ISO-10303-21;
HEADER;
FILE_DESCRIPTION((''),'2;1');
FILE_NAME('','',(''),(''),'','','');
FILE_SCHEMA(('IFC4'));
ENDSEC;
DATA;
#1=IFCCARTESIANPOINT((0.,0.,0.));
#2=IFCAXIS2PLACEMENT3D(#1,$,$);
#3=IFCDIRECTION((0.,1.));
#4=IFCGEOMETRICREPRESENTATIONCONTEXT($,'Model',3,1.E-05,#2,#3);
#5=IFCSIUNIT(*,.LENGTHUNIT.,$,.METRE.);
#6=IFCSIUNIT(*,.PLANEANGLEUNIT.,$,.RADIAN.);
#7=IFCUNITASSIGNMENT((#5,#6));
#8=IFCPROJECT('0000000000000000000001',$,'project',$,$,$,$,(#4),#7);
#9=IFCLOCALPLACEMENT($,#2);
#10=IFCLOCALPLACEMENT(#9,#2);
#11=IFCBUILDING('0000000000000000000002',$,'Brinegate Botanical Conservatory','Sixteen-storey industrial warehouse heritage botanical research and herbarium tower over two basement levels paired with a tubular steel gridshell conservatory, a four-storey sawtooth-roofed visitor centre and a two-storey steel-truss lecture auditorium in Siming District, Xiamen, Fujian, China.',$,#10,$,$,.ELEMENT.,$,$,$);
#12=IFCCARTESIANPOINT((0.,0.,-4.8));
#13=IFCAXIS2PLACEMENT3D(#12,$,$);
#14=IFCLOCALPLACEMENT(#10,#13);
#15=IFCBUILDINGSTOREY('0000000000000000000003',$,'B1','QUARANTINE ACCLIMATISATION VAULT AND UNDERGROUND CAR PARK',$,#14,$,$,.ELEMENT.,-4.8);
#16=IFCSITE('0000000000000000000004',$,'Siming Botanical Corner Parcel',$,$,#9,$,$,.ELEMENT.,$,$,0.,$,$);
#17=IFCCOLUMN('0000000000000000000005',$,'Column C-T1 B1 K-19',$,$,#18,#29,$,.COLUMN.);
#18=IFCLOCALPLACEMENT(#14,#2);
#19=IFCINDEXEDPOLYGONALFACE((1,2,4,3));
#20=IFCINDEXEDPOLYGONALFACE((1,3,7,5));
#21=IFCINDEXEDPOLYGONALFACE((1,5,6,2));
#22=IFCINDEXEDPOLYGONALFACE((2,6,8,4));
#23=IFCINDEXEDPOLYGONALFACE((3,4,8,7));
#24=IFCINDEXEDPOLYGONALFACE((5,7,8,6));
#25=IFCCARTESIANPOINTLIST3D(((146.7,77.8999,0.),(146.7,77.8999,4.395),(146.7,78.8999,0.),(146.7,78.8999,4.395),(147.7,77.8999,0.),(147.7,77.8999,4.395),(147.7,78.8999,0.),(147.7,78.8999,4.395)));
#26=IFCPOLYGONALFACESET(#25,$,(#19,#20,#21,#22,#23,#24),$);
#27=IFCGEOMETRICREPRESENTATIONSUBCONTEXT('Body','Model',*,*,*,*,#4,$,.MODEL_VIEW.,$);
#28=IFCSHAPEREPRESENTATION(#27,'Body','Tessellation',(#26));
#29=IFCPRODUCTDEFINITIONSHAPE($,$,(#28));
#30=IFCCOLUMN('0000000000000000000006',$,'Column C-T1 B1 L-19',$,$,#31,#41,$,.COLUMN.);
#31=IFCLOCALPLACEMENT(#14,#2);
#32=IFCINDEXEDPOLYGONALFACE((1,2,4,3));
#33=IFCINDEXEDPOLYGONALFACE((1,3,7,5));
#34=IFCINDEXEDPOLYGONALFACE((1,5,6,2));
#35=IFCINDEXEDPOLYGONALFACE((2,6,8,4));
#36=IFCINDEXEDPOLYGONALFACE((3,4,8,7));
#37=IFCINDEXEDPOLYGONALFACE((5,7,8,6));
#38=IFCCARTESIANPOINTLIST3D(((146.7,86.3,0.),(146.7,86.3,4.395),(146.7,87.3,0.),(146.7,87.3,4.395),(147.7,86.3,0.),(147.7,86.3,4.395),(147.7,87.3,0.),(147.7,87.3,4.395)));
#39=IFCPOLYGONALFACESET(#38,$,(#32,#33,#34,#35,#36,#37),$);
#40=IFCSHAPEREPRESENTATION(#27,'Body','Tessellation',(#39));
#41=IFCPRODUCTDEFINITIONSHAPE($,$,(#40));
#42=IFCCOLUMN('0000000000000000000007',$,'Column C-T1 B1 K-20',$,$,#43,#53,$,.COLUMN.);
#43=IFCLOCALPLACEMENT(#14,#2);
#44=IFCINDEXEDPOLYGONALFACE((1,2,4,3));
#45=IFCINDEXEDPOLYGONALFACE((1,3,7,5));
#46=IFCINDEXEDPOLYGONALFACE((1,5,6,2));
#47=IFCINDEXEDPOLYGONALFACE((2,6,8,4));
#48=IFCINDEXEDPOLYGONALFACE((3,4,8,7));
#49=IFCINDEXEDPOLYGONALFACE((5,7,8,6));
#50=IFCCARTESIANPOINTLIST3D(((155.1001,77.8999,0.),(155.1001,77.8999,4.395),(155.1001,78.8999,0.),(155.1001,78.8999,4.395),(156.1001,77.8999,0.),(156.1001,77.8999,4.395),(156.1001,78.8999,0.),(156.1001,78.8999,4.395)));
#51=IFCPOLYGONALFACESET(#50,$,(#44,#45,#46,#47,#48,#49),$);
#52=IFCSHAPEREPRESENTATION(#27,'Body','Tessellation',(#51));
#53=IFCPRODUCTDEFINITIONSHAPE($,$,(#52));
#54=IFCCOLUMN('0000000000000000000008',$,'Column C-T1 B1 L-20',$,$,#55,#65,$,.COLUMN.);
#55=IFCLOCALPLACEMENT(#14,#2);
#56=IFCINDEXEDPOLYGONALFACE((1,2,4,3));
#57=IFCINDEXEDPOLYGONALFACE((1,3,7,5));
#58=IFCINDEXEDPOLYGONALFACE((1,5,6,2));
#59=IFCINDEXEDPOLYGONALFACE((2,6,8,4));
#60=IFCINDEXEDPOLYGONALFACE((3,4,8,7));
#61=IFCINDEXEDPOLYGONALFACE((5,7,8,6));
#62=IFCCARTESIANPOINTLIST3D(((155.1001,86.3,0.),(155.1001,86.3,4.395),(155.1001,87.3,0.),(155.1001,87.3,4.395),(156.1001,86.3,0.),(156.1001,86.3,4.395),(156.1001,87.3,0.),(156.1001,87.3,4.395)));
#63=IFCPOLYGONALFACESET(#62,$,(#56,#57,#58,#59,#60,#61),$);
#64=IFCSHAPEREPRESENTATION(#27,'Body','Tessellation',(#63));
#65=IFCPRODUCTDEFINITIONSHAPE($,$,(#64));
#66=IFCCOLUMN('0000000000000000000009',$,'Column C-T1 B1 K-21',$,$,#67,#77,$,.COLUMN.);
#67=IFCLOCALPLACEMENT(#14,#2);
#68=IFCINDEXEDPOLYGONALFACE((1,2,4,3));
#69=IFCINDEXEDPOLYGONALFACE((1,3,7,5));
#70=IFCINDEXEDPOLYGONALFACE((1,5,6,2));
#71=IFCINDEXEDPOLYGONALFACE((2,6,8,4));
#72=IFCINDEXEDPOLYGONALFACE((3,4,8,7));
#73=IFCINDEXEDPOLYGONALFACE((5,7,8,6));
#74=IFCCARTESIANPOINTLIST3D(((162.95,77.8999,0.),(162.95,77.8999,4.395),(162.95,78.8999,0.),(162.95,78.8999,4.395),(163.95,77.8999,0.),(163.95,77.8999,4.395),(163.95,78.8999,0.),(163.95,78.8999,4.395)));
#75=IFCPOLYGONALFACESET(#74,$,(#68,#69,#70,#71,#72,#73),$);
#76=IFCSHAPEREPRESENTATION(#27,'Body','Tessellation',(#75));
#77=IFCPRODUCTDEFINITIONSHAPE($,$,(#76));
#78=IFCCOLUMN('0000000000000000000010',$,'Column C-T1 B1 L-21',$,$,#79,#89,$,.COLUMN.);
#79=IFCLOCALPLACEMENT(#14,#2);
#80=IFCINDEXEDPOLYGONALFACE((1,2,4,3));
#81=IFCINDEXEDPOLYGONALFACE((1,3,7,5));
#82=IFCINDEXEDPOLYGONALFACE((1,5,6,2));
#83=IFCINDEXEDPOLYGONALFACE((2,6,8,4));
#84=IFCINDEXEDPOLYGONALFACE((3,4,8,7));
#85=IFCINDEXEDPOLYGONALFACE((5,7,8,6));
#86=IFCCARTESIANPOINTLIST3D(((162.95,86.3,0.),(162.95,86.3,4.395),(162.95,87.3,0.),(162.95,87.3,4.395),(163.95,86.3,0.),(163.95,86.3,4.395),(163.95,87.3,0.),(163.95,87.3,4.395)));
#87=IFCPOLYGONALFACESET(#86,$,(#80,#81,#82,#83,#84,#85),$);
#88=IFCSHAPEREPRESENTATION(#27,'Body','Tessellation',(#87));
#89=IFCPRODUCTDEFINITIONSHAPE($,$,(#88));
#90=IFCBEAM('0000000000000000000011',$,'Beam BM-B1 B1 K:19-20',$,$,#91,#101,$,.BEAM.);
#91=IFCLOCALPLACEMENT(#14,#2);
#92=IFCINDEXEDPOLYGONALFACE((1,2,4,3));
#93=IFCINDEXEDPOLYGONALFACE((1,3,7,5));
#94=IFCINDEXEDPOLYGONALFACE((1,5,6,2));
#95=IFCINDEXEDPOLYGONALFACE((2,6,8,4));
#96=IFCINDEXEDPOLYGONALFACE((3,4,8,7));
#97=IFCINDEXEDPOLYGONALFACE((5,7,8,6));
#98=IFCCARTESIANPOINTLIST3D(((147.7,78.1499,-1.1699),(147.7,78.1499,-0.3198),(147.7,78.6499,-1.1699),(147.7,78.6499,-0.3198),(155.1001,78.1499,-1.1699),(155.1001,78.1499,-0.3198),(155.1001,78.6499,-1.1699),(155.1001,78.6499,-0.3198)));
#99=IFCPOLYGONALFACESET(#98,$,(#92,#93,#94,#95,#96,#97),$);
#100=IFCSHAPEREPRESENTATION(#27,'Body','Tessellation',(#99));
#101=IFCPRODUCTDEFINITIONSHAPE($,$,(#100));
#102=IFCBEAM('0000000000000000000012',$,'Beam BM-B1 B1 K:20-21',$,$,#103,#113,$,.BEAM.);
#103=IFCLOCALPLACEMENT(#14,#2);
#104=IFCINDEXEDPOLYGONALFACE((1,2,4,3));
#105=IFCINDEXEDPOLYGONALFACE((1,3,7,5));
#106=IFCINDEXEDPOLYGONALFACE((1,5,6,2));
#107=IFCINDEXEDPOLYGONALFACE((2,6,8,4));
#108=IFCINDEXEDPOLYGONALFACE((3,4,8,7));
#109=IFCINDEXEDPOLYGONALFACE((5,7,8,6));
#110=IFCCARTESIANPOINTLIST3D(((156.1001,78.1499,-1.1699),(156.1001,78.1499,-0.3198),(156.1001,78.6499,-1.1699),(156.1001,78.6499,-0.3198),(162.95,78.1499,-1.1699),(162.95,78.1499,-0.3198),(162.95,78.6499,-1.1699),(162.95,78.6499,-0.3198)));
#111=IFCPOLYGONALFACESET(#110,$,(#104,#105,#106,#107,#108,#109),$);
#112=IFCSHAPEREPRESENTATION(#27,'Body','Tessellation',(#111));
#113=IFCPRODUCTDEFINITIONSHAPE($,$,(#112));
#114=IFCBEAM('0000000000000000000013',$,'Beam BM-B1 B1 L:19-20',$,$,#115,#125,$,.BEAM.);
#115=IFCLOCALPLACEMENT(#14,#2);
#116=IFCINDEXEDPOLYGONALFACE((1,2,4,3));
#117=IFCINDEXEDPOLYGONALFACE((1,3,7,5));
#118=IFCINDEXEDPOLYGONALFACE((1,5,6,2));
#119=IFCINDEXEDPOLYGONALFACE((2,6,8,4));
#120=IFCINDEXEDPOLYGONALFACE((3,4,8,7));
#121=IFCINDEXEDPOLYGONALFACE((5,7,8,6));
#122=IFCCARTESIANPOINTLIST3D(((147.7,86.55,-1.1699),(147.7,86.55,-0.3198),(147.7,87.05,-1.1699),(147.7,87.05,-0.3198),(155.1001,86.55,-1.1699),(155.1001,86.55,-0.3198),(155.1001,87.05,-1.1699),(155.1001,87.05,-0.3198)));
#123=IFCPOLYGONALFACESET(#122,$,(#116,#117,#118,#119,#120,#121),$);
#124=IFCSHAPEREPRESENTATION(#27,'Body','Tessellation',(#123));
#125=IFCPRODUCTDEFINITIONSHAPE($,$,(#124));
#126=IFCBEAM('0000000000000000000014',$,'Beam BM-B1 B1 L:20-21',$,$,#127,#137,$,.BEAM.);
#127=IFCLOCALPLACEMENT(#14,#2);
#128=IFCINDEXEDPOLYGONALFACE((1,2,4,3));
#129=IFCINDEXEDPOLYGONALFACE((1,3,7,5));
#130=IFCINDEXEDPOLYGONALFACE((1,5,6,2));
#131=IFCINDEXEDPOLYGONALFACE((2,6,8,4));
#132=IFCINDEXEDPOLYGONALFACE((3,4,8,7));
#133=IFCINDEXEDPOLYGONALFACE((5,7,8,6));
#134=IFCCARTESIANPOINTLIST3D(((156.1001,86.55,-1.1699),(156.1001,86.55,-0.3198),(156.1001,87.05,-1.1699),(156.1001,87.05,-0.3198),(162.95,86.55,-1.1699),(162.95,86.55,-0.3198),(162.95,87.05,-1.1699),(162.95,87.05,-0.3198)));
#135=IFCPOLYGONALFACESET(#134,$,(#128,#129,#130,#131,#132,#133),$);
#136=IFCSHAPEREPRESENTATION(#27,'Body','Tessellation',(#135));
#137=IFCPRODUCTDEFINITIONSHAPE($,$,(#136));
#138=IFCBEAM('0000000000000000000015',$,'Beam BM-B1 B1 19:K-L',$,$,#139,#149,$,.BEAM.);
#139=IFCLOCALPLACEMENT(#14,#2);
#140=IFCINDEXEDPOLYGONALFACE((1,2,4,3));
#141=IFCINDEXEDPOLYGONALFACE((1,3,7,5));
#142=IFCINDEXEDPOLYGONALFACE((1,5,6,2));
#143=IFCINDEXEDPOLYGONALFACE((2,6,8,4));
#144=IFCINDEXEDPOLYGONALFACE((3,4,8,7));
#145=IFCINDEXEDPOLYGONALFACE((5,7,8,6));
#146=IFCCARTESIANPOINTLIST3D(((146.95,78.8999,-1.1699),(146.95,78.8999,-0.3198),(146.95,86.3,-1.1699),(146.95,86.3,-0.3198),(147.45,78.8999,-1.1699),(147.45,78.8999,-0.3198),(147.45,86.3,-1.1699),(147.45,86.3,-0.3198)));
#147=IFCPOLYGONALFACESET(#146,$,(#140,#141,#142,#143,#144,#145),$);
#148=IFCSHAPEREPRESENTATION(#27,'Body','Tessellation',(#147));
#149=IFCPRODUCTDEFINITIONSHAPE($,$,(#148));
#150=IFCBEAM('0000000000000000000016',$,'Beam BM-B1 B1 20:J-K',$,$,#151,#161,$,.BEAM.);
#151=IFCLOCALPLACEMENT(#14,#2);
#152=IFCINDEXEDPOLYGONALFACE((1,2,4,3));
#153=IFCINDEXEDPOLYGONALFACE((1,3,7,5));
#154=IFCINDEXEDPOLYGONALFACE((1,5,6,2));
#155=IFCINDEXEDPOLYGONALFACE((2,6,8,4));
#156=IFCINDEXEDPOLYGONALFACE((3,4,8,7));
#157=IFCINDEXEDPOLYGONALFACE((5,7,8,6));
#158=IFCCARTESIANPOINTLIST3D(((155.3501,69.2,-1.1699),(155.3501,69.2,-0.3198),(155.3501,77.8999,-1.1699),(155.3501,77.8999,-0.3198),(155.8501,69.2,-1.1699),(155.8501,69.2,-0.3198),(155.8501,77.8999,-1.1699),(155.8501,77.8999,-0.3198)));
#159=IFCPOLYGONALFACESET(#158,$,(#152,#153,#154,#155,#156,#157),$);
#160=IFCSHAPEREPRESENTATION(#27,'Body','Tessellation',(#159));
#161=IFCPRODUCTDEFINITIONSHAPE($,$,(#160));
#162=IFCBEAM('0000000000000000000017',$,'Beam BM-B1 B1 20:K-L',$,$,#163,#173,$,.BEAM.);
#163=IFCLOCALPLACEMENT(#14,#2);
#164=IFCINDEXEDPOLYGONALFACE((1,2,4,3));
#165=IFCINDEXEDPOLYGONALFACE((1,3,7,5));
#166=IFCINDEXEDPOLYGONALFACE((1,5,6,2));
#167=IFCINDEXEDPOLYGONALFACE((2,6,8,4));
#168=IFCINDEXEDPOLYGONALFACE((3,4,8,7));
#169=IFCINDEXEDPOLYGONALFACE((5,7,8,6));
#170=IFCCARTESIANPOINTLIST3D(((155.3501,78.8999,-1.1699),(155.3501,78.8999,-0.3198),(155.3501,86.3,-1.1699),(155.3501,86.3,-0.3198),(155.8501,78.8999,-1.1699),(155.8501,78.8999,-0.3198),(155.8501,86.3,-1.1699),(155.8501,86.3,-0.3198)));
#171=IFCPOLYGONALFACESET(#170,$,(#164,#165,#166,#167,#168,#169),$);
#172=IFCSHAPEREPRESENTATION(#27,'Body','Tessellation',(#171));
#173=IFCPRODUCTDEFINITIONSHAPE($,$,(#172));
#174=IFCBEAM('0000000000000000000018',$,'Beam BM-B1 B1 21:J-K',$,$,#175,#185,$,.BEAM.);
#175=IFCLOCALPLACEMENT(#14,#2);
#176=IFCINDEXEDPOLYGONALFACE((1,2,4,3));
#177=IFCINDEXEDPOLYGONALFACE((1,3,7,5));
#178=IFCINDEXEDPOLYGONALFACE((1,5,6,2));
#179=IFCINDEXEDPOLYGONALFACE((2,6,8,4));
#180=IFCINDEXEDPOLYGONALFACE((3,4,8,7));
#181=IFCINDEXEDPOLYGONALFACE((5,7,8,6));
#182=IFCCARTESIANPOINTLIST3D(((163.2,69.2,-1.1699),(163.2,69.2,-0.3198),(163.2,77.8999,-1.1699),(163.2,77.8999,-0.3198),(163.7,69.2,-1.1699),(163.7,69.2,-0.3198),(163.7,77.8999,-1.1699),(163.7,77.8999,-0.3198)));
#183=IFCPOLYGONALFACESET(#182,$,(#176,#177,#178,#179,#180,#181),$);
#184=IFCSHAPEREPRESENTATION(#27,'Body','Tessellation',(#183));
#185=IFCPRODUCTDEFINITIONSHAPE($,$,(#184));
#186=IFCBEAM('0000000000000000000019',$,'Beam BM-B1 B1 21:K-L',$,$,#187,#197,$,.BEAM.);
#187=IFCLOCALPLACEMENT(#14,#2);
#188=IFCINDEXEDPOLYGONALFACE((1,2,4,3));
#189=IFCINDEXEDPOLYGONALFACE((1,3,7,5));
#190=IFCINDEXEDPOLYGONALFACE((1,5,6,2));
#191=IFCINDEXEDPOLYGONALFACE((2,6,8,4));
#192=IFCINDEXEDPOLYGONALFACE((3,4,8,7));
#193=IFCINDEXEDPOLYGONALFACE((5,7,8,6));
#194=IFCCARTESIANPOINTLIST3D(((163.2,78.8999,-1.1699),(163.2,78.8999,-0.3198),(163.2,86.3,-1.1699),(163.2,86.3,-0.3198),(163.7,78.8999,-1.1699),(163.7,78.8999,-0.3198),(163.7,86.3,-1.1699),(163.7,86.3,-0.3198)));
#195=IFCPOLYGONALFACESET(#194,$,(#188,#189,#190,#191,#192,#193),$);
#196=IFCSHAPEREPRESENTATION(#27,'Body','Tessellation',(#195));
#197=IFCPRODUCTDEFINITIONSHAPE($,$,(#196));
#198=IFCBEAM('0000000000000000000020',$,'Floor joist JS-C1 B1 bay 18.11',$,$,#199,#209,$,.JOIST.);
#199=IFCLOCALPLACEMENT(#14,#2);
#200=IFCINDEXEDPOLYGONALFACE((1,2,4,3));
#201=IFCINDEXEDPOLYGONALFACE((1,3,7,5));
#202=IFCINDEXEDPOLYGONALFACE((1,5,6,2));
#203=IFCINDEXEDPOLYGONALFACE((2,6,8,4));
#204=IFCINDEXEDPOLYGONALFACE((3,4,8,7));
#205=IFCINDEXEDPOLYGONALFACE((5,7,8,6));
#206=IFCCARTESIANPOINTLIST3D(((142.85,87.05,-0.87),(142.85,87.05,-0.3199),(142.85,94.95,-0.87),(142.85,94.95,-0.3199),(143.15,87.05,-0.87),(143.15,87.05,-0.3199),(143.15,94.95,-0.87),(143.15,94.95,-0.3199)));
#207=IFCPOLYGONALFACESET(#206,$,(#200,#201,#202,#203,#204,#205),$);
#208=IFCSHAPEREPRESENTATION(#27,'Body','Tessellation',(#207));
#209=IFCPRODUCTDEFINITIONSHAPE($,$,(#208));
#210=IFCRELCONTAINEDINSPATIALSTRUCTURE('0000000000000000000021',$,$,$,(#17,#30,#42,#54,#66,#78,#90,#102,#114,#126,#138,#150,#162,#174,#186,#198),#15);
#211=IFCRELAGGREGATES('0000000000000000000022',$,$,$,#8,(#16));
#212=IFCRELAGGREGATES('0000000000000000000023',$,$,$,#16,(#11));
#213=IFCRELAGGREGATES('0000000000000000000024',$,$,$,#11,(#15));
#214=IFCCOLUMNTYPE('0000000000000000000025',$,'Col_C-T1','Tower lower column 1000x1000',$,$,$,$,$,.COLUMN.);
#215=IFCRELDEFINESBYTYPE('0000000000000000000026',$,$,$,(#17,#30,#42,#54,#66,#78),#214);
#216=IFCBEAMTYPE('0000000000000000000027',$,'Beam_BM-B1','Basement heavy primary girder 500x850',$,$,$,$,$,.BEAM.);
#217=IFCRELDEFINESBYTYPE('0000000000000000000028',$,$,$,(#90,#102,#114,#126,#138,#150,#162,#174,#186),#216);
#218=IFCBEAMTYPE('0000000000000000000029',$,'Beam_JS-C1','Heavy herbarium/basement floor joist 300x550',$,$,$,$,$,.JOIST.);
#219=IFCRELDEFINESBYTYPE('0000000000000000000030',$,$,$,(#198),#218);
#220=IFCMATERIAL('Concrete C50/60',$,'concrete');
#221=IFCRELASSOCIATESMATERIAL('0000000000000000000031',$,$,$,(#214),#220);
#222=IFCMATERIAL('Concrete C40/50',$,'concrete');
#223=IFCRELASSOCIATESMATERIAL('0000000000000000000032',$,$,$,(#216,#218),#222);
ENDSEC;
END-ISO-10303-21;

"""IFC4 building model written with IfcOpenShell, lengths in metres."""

from ifc_helpers import new_model, si_unit, direction, frame, origin, origin_2d, place, context, subcontext, project, spatial, rectangle, extrude, material, material_profile, profile_set, type_object, element, save


model = new_model("IFC4")

# Units and contexts
model_context = context("Model", 3, precision=1e-05, world=origin(), true_north=direction((0.0, 1.0)))
body_context = subcontext(model_context, "Body", "Model", "MODEL_VIEW")
ifc_project = project(units=[si_unit("LENGTHUNIT", "METRE"), si_unit("PLANEANGLEUNIT", "RADIAN")], contexts=[model_context])

# Site, building, storey
site_placement = place(None, origin())
site = spatial("IfcSite", under=ifc_project, at=site_placement, Name="Siming Botanical Corner Parcel", CompositionType="ELEMENT", RefElevation=0.0)
building_placement = place(site_placement, origin())
building = spatial("IfcBuilding", under=site, at=building_placement, Name="Brinegate Botanical Conservatory", Description="Sixteen-storey industrial warehouse heritage botanical research and herbarium tower over two basement levels paired with a tubular steel gridshell conservatory, a four-storey sawtooth-roofed visitor centre and a two-storey steel-truss lecture auditorium in Siming District, Xiamen, Fujian, China.", CompositionType="ELEMENT")
storey_placement = place(building_placement, frame((0.0, 0.0, -4.8)))
storey = spatial("IfcBuildingStorey", under=building, at=storey_placement, Name="B1", Description="QUARANTINE ACCLIMATISATION VAULT AND UNDERGROUND CAR PARK", CompositionType="ELEMENT", Elevation=-4.8)

# Columns
ifc_material_1 = material(Name="Concrete C50/60", Category="concrete")
ifc_material_profile_1 = material_profile(ifc_material_1, rectangle(XDim=1.0, YDim=1.0, at=origin_2d()), Name="RC COL 1000x1000")
ifc_profile_set_1 = profile_set([ifc_material_profile_1], Name="Concrete C50/60")
column_type = type_object("IfcColumnType", Name="Col_C-T1", Description="Tower lower column 1000x1000", PredefinedType="COLUMN", material=ifc_profile_set_1)
for number, where, z_axis, x_axis, name in (
    (1, (147.2, 78.3999, 0.0), (0.0, 0.0, 1.0), (1.0, 0.0, 0.0), "Column C-T1 B1 K-19"),
    (2, (147.2, 86.8, 0.0), (0.0, 0.0, 1.0), (1.0, 0.0, 0.0), "Column C-T1 B1 L-19"),
    (3, (155.6001, 78.3999, 0.0), (0.0, 0.0, 1.0), (1.0, 0.0, 0.0), "Column C-T1 B1 K-20"),
    (4, (155.6001, 86.8, 0.0), (0.0, 0.0, 1.0), (1.0, 0.0, 0.0), "Column C-T1 B1 L-20"),
    (5, (163.45, 78.3999, 0.0), (0.0, 0.0, 1.0), (1.0, 0.0, 0.0), "Column C-T1 B1 K-21"),
    (6, (163.45, 86.8, 0.0), (0.0, 0.0, 1.0), (1.0, 0.0, 0.0), "Column C-T1 B1 L-21"),
):
    element("IfcColumn", number, at=place(storey_placement, frame(where, z_axis=z_axis, x_axis=x_axis)), inside=storey, type_object=column_type, Name=name, PredefinedType="COLUMN", context=body_context, shape_type="SweptSolid", body=[
        extrude(rectangle(XDim=1.0, YDim=1.0, at=origin_2d()), origin(), (0.0, 0.0, 1.0), 4.395),
    ])

# Beams
ifc_material_2 = material(Name="Concrete C40/50", Category="concrete")
ifc_material_profile_2 = material_profile(ifc_material_2, rectangle(XDim=0.5, YDim=0.8501, at=origin_2d()), Name="RC BM 500x850")
ifc_profile_set_2 = profile_set([ifc_material_profile_2], Name="Concrete C40/50")
beam_type_1 = type_object("IfcBeamType", Name="Beam_BM-B1", Description="Basement heavy primary girder 500x850", PredefinedType="BEAM", material=ifc_profile_set_2)
beam_1_placement = place(storey_placement, frame((147.7, 78.3999, -0.7449), z_axis=(1.0, 0.0, 0.0), x_axis=(0.0, 1.0, 0.0)))
element("IfcBeam", 7, at=beam_1_placement, inside=storey, type_object=beam_type_1, Name="Beam BM-B1 B1 K:19-20", PredefinedType="BEAM", context=body_context, shape_type="SweptSolid", body=[
    extrude(rectangle(XDim=0.5, YDim=0.8501, at=origin_2d()), origin(), (0.0, 0.0, 1.0), 7.4001),
])
beam_2_placement = place(storey_placement, frame((156.1001, 78.3999, -0.7449), z_axis=(1.0, 0.0, 0.0), x_axis=(0.0, 1.0, 0.0)))
element("IfcBeam", 8, at=beam_2_placement, inside=storey, type_object=beam_type_1, Name="Beam BM-B1 B1 K:20-21", PredefinedType="BEAM", context=body_context, shape_type="SweptSolid", body=[
    extrude(rectangle(XDim=0.5, YDim=0.8501, at=origin_2d()), origin(), (0.0, 0.0, 1.0), 6.8499),
])
beam_3_placement = place(storey_placement, frame((147.7, 86.8, -0.7449), z_axis=(1.0, 0.0, 0.0), x_axis=(0.0, 1.0, 0.0)))
element("IfcBeam", 9, at=beam_3_placement, inside=storey, type_object=beam_type_1, Name="Beam BM-B1 B1 L:19-20", PredefinedType="BEAM", context=body_context, shape_type="SweptSolid", body=[
    extrude(rectangle(XDim=0.5, YDim=0.8501, at=origin_2d()), origin(), (0.0, 0.0, 1.0), 7.4001),
])
beam_4_placement = place(storey_placement, frame((156.1001, 86.8, -0.7449), z_axis=(1.0, 0.0, 0.0), x_axis=(0.0, 1.0, 0.0)))
element("IfcBeam", 10, at=beam_4_placement, inside=storey, type_object=beam_type_1, Name="Beam BM-B1 B1 L:20-21", PredefinedType="BEAM", context=body_context, shape_type="SweptSolid", body=[
    extrude(rectangle(XDim=0.5, YDim=0.8501, at=origin_2d()), origin(), (0.0, 0.0, 1.0), 6.8499),
])
beam_5_placement = place(storey_placement, frame((147.2, 78.8999, -0.7449), z_axis=(0.0, 1.0, 0.0), x_axis=(-1.0, 0.0, 0.0)))
element("IfcBeam", 11, at=beam_5_placement, inside=storey, type_object=beam_type_1, Name="Beam BM-B1 B1 19:K-L", PredefinedType="BEAM", context=body_context, shape_type="SweptSolid", body=[
    extrude(rectangle(XDim=0.5, YDim=0.8501, at=origin_2d()), origin(), (0.0, 0.0, 1.0), 7.4001),
])
beam_6_placement = place(storey_placement, frame((155.6001, 69.2, -0.7449), z_axis=(0.0, 1.0, 0.0), x_axis=(-1.0, 0.0, 0.0)))
element("IfcBeam", 12, at=beam_6_placement, inside=storey, type_object=beam_type_1, Name="Beam BM-B1 B1 20:J-K", PredefinedType="BEAM", context=body_context, shape_type="SweptSolid", body=[
    extrude(rectangle(XDim=0.5, YDim=0.8501, at=origin_2d()), origin(), (0.0, 0.0, 1.0), 8.7),
])
beam_7_placement = place(storey_placement, frame((155.6001, 78.8999, -0.7449), z_axis=(0.0, 1.0, 0.0), x_axis=(-1.0, 0.0, 0.0)))
element("IfcBeam", 13, at=beam_7_placement, inside=storey, type_object=beam_type_1, Name="Beam BM-B1 B1 20:K-L", PredefinedType="BEAM", context=body_context, shape_type="SweptSolid", body=[
    extrude(rectangle(XDim=0.5, YDim=0.8501, at=origin_2d()), origin(), (0.0, 0.0, 1.0), 7.4001),
])
beam_8_placement = place(storey_placement, frame((163.45, 69.2, -0.7449), z_axis=(0.0, 1.0, 0.0), x_axis=(-1.0, 0.0, 0.0)))
element("IfcBeam", 14, at=beam_8_placement, inside=storey, type_object=beam_type_1, Name="Beam BM-B1 B1 21:J-K", PredefinedType="BEAM", context=body_context, shape_type="SweptSolid", body=[
    extrude(rectangle(XDim=0.5, YDim=0.8501, at=origin_2d()), origin(), (0.0, 0.0, 1.0), 8.7),
])
beam_9_placement = place(storey_placement, frame((163.45, 78.8999, -0.7449), z_axis=(0.0, 1.0, 0.0), x_axis=(-1.0, 0.0, 0.0)))
element("IfcBeam", 15, at=beam_9_placement, inside=storey, type_object=beam_type_1, Name="Beam BM-B1 B1 21:K-L", PredefinedType="BEAM", context=body_context, shape_type="SweptSolid", body=[
    extrude(rectangle(XDim=0.5, YDim=0.8501, at=origin_2d()), origin(), (0.0, 0.0, 1.0), 7.4001),
])
ifc_material_profile_3 = material_profile(ifc_material_2, rectangle(XDim=0.3, YDim=0.55, at=origin_2d()), Name="RC JST 300x550")
ifc_profile_set_3 = profile_set([ifc_material_profile_3], Name="Concrete C40/50")
beam_type_2 = type_object("IfcBeamType", Name="Beam_JS-C1", Description="Heavy herbarium/basement floor joist 300x550", PredefinedType="JOIST", material=ifc_profile_set_3)
beam_10_placement = place(storey_placement, frame((143.0, 87.05, -0.595), z_axis=(0.0, 1.0, 0.0), x_axis=(-1.0, 0.0, 0.0)))
element("IfcBeam", 16, at=beam_10_placement, inside=storey, type_object=beam_type_2, Name="Floor joist JS-C1 B1 bay 18.11", PredefinedType="JOIST", context=body_context, shape_type="SweptSolid", body=[
    extrude(rectangle(XDim=0.3, YDim=0.55, at=origin_2d()), origin(), (0.0, 0.0, 1.0), 7.8999),
])

save(model, "model.ifc")
